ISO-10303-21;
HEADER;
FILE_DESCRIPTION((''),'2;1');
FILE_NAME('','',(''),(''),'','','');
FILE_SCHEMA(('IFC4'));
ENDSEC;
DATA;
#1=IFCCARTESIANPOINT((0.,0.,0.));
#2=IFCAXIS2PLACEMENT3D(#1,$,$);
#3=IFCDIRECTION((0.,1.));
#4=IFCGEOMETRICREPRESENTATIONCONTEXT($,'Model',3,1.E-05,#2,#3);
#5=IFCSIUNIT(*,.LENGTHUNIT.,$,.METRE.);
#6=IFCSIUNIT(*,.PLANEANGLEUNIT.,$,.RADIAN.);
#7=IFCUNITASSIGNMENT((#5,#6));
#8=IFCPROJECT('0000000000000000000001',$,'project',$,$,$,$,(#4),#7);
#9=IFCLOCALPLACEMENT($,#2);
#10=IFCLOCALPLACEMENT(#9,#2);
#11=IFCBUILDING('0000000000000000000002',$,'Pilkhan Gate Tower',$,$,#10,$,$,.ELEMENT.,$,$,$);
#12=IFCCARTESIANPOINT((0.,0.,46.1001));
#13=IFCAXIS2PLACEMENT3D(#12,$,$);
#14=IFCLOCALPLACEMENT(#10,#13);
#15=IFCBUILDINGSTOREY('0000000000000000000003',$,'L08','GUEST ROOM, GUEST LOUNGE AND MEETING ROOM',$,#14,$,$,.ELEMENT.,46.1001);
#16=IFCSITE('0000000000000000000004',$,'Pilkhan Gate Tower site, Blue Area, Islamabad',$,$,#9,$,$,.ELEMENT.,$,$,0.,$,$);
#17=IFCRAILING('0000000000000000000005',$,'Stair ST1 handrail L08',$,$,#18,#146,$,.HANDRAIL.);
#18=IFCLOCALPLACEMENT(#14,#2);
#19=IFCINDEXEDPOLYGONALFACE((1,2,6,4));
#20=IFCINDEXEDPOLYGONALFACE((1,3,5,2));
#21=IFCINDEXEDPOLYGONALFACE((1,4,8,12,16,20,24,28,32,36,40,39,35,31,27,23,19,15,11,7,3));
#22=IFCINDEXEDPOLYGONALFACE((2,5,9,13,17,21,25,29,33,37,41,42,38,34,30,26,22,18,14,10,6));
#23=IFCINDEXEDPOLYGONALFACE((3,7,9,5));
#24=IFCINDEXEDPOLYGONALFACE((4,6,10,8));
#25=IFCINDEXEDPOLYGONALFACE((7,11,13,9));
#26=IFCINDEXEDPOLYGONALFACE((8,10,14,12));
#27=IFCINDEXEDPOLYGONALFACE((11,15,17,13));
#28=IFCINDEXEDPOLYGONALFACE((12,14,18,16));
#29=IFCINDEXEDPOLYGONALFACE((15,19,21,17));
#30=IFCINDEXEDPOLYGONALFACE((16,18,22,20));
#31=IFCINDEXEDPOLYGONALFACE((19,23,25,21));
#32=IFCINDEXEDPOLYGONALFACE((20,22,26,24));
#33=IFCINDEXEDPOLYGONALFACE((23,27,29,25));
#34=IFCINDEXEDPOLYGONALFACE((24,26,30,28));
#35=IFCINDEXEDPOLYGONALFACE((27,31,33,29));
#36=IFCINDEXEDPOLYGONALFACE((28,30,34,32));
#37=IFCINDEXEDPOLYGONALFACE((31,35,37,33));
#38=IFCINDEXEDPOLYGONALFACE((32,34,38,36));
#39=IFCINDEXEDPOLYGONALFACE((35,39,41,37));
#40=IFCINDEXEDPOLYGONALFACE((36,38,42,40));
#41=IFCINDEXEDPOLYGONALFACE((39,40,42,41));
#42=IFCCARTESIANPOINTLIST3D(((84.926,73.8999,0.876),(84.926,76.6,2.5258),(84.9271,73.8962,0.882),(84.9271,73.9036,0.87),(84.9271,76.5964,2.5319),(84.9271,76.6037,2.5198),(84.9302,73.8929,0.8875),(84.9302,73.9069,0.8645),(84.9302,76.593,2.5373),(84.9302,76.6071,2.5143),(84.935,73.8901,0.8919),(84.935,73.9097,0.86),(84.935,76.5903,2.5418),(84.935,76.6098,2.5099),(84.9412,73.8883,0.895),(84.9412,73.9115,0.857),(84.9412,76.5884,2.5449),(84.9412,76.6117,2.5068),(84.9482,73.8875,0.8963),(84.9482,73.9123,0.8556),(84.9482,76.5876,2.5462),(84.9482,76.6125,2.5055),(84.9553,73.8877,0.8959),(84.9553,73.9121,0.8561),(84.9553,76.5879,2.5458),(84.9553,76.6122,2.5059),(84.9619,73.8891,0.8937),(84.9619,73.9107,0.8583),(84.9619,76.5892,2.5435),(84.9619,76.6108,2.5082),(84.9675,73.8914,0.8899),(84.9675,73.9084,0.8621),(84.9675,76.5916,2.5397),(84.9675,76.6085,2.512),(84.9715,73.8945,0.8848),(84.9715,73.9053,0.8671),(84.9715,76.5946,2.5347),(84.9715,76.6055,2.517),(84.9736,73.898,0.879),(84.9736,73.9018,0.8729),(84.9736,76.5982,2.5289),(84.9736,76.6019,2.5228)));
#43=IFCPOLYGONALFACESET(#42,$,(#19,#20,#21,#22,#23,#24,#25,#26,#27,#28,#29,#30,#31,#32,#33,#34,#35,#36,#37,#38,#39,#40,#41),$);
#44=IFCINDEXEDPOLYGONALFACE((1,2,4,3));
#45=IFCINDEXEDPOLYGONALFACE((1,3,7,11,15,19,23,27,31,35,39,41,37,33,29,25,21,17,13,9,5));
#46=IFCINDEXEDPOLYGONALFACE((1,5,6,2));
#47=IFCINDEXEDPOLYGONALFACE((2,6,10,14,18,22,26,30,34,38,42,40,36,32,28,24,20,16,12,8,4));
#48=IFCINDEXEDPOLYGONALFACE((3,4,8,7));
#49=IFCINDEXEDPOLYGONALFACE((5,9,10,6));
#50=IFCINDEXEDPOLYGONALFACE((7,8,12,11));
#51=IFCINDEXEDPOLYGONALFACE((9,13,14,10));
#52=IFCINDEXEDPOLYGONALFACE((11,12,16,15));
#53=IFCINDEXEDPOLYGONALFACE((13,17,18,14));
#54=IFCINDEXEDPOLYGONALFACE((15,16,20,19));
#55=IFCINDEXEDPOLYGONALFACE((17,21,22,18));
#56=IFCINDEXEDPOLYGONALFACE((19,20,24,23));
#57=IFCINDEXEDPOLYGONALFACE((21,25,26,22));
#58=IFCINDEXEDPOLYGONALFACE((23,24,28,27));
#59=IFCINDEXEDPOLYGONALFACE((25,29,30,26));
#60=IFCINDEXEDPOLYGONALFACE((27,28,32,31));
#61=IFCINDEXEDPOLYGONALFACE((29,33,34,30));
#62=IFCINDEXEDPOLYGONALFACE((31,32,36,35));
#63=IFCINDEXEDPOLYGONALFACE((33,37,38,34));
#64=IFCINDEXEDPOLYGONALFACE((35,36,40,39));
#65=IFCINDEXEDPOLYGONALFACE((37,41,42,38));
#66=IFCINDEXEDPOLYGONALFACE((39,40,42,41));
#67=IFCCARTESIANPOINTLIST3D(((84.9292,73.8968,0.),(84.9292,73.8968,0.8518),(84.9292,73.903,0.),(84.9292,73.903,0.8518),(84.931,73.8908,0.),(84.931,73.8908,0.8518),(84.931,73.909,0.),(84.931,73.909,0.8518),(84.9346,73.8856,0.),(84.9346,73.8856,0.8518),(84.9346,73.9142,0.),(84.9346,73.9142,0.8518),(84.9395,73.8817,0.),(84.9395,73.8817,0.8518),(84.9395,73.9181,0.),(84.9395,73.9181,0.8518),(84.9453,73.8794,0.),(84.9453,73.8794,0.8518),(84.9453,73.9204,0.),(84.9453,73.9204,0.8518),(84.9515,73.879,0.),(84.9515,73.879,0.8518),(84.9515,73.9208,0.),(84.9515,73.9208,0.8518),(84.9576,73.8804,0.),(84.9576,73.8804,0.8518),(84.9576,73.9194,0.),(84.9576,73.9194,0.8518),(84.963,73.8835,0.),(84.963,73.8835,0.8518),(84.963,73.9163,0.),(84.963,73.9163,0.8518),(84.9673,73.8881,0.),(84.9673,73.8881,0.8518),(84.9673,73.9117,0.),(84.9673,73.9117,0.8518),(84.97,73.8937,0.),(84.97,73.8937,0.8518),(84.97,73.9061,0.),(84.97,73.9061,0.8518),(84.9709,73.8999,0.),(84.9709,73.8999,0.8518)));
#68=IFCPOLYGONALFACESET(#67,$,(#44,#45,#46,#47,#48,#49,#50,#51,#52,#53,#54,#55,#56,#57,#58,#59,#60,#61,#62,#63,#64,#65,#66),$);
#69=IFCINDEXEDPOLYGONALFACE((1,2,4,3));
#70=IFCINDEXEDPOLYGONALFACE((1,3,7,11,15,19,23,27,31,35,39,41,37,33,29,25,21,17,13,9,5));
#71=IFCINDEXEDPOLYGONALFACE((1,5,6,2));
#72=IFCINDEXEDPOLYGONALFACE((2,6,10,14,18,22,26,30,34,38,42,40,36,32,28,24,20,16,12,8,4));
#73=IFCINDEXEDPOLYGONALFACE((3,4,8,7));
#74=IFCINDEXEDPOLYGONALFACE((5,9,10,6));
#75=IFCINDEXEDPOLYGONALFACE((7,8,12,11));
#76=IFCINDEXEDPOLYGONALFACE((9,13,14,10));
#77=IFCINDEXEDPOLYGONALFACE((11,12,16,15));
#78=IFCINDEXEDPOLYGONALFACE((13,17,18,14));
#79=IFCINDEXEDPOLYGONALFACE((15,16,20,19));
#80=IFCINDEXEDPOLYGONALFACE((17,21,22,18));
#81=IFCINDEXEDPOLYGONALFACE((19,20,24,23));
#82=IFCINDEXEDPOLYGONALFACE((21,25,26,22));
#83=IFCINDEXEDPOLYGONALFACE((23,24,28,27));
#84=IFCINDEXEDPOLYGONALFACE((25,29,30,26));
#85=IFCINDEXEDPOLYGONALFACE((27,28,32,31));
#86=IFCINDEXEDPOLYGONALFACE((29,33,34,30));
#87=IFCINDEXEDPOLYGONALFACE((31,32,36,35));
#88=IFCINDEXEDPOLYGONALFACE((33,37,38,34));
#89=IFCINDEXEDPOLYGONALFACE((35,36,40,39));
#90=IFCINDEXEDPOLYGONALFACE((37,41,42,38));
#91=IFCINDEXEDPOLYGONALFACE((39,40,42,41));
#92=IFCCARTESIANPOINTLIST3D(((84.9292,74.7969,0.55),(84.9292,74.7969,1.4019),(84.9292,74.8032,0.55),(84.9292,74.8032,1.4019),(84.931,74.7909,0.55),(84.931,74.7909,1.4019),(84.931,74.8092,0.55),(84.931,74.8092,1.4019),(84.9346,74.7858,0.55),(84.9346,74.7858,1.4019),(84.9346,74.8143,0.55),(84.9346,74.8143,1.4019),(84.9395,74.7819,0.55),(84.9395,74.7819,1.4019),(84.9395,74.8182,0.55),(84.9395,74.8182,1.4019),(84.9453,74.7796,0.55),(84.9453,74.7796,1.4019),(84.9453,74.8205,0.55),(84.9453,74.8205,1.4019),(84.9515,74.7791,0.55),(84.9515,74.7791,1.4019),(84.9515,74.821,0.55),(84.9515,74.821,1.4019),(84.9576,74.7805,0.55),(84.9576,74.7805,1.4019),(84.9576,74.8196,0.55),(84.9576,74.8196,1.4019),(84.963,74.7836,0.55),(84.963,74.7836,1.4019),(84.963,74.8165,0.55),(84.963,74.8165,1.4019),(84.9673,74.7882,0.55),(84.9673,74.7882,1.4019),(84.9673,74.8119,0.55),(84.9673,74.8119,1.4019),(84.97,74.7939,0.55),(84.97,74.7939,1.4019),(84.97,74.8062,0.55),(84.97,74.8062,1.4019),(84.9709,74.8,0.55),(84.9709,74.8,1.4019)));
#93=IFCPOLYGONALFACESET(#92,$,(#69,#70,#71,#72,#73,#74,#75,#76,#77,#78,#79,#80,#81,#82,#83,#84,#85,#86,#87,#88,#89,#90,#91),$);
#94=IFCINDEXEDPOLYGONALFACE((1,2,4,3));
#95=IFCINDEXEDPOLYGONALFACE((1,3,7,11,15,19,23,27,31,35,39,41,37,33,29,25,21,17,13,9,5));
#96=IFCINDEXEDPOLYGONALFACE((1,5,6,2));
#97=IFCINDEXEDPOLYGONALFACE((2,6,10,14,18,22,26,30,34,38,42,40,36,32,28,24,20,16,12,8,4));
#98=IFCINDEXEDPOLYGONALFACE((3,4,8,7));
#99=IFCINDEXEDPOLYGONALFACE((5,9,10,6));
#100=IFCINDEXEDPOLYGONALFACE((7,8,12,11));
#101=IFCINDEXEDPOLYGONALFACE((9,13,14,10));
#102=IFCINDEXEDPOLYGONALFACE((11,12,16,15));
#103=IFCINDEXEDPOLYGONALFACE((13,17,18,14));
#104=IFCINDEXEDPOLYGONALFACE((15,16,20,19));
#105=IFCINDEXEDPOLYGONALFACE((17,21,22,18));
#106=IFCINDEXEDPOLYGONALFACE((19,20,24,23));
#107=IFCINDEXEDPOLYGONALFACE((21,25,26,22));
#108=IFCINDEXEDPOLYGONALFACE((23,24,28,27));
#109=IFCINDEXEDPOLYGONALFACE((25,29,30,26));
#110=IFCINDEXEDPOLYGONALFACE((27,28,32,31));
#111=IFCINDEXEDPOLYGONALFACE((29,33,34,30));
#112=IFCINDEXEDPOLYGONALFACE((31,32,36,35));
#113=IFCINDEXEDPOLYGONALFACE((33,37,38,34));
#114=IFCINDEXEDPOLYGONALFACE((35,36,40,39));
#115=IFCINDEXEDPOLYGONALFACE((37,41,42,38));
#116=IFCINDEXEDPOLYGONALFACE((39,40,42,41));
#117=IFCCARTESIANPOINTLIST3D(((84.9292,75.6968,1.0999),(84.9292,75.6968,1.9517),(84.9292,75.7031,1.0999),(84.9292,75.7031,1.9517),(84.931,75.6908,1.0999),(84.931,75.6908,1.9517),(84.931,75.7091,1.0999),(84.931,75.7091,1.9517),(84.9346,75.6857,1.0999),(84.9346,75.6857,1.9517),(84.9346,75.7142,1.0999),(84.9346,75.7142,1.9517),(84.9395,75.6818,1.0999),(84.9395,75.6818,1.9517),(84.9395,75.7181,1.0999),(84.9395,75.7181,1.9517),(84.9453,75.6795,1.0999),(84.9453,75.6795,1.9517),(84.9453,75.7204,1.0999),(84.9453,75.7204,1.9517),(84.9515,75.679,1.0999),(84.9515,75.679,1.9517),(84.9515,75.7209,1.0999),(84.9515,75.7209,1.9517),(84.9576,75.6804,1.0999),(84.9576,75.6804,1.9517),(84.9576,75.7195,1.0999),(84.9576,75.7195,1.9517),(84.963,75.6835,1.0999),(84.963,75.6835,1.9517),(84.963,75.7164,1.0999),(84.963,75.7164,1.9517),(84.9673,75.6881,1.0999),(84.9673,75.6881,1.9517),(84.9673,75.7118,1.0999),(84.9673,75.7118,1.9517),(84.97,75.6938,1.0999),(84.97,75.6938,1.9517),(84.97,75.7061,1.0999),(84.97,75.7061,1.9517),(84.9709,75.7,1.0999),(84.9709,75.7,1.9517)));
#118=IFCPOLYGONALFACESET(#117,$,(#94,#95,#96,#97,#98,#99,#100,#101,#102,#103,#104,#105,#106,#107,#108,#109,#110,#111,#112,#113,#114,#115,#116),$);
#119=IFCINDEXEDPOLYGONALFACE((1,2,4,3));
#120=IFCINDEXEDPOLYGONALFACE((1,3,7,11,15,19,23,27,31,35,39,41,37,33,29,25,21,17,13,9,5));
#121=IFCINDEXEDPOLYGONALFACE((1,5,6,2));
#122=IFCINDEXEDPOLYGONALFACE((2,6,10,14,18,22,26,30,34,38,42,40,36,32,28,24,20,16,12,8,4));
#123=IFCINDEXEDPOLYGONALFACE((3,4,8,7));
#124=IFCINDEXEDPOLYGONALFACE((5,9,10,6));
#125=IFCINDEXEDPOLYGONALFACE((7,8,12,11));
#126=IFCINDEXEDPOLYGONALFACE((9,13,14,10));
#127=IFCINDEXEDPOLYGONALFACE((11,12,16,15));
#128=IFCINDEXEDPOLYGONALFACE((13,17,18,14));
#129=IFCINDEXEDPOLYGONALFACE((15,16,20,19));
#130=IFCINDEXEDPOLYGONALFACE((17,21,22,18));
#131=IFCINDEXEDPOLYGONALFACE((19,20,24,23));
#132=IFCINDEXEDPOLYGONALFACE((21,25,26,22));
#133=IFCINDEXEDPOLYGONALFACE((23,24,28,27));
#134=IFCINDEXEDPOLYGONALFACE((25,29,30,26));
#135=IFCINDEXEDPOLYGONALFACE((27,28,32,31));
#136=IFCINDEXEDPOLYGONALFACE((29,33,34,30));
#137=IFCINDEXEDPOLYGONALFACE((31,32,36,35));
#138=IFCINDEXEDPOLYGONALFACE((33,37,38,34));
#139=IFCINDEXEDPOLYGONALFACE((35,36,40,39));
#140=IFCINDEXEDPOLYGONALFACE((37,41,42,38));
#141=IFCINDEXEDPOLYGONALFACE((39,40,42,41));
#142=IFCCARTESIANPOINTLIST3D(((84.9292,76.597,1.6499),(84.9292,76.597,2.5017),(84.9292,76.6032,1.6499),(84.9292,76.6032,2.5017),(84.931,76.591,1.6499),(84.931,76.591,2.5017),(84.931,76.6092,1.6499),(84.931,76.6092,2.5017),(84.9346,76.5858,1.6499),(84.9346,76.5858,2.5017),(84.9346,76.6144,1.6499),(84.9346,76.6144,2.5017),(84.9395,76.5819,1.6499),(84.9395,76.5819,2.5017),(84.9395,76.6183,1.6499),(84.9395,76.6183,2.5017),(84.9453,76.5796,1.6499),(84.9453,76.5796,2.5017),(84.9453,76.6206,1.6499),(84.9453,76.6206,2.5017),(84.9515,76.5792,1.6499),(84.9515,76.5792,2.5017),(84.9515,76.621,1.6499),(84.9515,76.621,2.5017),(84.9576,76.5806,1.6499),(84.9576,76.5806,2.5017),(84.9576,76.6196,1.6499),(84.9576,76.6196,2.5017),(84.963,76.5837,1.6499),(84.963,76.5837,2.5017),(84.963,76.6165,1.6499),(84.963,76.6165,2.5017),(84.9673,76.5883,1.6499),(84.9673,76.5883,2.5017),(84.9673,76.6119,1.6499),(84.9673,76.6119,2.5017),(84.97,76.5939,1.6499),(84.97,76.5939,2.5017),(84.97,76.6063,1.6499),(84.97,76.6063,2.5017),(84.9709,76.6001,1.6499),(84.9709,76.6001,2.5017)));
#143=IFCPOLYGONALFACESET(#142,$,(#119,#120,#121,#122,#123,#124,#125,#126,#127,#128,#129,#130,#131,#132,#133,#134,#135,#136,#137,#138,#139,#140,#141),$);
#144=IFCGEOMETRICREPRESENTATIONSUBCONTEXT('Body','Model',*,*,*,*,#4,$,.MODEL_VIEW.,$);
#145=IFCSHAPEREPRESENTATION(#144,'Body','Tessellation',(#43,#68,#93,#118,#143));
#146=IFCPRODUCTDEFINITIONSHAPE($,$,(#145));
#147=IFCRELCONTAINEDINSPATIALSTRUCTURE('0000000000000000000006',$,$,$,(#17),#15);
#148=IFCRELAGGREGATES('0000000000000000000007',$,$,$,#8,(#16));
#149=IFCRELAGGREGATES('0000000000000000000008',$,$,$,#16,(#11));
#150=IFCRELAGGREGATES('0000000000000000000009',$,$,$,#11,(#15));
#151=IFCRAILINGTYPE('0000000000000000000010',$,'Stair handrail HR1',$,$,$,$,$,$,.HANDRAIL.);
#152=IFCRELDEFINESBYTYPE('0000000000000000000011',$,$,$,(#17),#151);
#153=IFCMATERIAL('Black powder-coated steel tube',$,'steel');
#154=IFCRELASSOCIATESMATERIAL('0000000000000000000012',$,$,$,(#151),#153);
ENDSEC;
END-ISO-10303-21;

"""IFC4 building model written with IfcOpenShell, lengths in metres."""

from ifc_helpers import new_model, si_unit, direction, frame, origin, origin_2d, place, context, subcontext, project, spatial, circle, extrude, material, type_object, element, save


model = new_model("IFC4")

# Units and contexts
model_context = context("Model", 3, precision=1e-05, world=origin(), true_north=direction((0.0, 1.0)))
body_context = subcontext(model_context, "Body", "Model", "MODEL_VIEW")
ifc_project = project(units=[si_unit("LENGTHUNIT", "METRE"), si_unit("PLANEANGLEUNIT", "RADIAN")], contexts=[model_context])

# Site, building, storey
site_placement = place(None, origin())
site = spatial("IfcSite", under=ifc_project, at=site_placement, Name="Pilkhan Gate Tower site, Blue Area, Islamabad", CompositionType="ELEMENT", RefElevation=0.0)
building_placement = place(site_placement, origin())
building = spatial("IfcBuilding", under=site, at=building_placement, Name="Pilkhan Gate Tower", CompositionType="ELEMENT")
storey_placement = place(building_placement, frame((0.0, 0.0, 46.1001)))
storey = spatial("IfcBuildingStorey", under=building, at=storey_placement, Name="L08", Description="GUEST ROOM, GUEST LOUNGE AND MEETING ROOM", CompositionType="ELEMENT", Elevation=46.1001)

# Railing
ifc_material_1 = material(Name="Black powder-coated steel tube", Category="steel")
railing_type_1 = type_object("IfcRailingType", Name="Stair handrail HR1", PredefinedType="HANDRAIL", material=ifc_material_1)
railing_1_placement = place(storey_placement, frame((84.95, 73.8999, 0.0)))
element("IfcRailing", 1, at=railing_1_placement, inside=storey, type_object=railing_type_1, Name="Stair ST1 handrail L08", PredefinedType="HANDRAIL", context=body_context, shape_type="SweptSolid", body=[
    extrude(circle(Radius=0.0239, at=origin_2d()), frame((0.0, 0.0, 0.876), z_axis=(0.0, 0.853312, 0.5214), x_axis=(-1.0, 0.0, 0.0)), (0.0, 0.0, 1.0), 3.1643),
    extrude(circle(Radius=0.021, at=origin_2d()), origin(), (0.0, 0.0, 1.0), 0.8518),
    extrude(circle(Radius=0.021, at=origin_2d()), frame((0.0, 0.9001, 0.55)), (0.0, 0.0, 1.0), 0.8518),
    extrude(circle(Radius=0.021, at=origin_2d()), frame((0.0, 1.8, 1.0999)), (0.0, 0.0, 1.0), 0.8518),
    extrude(circle(Radius=0.021, at=origin_2d()), frame((0.0, 2.7002, 1.6499)), (0.0, 0.0, 1.0), 0.8518),
])

save(model, "model.ifc")
